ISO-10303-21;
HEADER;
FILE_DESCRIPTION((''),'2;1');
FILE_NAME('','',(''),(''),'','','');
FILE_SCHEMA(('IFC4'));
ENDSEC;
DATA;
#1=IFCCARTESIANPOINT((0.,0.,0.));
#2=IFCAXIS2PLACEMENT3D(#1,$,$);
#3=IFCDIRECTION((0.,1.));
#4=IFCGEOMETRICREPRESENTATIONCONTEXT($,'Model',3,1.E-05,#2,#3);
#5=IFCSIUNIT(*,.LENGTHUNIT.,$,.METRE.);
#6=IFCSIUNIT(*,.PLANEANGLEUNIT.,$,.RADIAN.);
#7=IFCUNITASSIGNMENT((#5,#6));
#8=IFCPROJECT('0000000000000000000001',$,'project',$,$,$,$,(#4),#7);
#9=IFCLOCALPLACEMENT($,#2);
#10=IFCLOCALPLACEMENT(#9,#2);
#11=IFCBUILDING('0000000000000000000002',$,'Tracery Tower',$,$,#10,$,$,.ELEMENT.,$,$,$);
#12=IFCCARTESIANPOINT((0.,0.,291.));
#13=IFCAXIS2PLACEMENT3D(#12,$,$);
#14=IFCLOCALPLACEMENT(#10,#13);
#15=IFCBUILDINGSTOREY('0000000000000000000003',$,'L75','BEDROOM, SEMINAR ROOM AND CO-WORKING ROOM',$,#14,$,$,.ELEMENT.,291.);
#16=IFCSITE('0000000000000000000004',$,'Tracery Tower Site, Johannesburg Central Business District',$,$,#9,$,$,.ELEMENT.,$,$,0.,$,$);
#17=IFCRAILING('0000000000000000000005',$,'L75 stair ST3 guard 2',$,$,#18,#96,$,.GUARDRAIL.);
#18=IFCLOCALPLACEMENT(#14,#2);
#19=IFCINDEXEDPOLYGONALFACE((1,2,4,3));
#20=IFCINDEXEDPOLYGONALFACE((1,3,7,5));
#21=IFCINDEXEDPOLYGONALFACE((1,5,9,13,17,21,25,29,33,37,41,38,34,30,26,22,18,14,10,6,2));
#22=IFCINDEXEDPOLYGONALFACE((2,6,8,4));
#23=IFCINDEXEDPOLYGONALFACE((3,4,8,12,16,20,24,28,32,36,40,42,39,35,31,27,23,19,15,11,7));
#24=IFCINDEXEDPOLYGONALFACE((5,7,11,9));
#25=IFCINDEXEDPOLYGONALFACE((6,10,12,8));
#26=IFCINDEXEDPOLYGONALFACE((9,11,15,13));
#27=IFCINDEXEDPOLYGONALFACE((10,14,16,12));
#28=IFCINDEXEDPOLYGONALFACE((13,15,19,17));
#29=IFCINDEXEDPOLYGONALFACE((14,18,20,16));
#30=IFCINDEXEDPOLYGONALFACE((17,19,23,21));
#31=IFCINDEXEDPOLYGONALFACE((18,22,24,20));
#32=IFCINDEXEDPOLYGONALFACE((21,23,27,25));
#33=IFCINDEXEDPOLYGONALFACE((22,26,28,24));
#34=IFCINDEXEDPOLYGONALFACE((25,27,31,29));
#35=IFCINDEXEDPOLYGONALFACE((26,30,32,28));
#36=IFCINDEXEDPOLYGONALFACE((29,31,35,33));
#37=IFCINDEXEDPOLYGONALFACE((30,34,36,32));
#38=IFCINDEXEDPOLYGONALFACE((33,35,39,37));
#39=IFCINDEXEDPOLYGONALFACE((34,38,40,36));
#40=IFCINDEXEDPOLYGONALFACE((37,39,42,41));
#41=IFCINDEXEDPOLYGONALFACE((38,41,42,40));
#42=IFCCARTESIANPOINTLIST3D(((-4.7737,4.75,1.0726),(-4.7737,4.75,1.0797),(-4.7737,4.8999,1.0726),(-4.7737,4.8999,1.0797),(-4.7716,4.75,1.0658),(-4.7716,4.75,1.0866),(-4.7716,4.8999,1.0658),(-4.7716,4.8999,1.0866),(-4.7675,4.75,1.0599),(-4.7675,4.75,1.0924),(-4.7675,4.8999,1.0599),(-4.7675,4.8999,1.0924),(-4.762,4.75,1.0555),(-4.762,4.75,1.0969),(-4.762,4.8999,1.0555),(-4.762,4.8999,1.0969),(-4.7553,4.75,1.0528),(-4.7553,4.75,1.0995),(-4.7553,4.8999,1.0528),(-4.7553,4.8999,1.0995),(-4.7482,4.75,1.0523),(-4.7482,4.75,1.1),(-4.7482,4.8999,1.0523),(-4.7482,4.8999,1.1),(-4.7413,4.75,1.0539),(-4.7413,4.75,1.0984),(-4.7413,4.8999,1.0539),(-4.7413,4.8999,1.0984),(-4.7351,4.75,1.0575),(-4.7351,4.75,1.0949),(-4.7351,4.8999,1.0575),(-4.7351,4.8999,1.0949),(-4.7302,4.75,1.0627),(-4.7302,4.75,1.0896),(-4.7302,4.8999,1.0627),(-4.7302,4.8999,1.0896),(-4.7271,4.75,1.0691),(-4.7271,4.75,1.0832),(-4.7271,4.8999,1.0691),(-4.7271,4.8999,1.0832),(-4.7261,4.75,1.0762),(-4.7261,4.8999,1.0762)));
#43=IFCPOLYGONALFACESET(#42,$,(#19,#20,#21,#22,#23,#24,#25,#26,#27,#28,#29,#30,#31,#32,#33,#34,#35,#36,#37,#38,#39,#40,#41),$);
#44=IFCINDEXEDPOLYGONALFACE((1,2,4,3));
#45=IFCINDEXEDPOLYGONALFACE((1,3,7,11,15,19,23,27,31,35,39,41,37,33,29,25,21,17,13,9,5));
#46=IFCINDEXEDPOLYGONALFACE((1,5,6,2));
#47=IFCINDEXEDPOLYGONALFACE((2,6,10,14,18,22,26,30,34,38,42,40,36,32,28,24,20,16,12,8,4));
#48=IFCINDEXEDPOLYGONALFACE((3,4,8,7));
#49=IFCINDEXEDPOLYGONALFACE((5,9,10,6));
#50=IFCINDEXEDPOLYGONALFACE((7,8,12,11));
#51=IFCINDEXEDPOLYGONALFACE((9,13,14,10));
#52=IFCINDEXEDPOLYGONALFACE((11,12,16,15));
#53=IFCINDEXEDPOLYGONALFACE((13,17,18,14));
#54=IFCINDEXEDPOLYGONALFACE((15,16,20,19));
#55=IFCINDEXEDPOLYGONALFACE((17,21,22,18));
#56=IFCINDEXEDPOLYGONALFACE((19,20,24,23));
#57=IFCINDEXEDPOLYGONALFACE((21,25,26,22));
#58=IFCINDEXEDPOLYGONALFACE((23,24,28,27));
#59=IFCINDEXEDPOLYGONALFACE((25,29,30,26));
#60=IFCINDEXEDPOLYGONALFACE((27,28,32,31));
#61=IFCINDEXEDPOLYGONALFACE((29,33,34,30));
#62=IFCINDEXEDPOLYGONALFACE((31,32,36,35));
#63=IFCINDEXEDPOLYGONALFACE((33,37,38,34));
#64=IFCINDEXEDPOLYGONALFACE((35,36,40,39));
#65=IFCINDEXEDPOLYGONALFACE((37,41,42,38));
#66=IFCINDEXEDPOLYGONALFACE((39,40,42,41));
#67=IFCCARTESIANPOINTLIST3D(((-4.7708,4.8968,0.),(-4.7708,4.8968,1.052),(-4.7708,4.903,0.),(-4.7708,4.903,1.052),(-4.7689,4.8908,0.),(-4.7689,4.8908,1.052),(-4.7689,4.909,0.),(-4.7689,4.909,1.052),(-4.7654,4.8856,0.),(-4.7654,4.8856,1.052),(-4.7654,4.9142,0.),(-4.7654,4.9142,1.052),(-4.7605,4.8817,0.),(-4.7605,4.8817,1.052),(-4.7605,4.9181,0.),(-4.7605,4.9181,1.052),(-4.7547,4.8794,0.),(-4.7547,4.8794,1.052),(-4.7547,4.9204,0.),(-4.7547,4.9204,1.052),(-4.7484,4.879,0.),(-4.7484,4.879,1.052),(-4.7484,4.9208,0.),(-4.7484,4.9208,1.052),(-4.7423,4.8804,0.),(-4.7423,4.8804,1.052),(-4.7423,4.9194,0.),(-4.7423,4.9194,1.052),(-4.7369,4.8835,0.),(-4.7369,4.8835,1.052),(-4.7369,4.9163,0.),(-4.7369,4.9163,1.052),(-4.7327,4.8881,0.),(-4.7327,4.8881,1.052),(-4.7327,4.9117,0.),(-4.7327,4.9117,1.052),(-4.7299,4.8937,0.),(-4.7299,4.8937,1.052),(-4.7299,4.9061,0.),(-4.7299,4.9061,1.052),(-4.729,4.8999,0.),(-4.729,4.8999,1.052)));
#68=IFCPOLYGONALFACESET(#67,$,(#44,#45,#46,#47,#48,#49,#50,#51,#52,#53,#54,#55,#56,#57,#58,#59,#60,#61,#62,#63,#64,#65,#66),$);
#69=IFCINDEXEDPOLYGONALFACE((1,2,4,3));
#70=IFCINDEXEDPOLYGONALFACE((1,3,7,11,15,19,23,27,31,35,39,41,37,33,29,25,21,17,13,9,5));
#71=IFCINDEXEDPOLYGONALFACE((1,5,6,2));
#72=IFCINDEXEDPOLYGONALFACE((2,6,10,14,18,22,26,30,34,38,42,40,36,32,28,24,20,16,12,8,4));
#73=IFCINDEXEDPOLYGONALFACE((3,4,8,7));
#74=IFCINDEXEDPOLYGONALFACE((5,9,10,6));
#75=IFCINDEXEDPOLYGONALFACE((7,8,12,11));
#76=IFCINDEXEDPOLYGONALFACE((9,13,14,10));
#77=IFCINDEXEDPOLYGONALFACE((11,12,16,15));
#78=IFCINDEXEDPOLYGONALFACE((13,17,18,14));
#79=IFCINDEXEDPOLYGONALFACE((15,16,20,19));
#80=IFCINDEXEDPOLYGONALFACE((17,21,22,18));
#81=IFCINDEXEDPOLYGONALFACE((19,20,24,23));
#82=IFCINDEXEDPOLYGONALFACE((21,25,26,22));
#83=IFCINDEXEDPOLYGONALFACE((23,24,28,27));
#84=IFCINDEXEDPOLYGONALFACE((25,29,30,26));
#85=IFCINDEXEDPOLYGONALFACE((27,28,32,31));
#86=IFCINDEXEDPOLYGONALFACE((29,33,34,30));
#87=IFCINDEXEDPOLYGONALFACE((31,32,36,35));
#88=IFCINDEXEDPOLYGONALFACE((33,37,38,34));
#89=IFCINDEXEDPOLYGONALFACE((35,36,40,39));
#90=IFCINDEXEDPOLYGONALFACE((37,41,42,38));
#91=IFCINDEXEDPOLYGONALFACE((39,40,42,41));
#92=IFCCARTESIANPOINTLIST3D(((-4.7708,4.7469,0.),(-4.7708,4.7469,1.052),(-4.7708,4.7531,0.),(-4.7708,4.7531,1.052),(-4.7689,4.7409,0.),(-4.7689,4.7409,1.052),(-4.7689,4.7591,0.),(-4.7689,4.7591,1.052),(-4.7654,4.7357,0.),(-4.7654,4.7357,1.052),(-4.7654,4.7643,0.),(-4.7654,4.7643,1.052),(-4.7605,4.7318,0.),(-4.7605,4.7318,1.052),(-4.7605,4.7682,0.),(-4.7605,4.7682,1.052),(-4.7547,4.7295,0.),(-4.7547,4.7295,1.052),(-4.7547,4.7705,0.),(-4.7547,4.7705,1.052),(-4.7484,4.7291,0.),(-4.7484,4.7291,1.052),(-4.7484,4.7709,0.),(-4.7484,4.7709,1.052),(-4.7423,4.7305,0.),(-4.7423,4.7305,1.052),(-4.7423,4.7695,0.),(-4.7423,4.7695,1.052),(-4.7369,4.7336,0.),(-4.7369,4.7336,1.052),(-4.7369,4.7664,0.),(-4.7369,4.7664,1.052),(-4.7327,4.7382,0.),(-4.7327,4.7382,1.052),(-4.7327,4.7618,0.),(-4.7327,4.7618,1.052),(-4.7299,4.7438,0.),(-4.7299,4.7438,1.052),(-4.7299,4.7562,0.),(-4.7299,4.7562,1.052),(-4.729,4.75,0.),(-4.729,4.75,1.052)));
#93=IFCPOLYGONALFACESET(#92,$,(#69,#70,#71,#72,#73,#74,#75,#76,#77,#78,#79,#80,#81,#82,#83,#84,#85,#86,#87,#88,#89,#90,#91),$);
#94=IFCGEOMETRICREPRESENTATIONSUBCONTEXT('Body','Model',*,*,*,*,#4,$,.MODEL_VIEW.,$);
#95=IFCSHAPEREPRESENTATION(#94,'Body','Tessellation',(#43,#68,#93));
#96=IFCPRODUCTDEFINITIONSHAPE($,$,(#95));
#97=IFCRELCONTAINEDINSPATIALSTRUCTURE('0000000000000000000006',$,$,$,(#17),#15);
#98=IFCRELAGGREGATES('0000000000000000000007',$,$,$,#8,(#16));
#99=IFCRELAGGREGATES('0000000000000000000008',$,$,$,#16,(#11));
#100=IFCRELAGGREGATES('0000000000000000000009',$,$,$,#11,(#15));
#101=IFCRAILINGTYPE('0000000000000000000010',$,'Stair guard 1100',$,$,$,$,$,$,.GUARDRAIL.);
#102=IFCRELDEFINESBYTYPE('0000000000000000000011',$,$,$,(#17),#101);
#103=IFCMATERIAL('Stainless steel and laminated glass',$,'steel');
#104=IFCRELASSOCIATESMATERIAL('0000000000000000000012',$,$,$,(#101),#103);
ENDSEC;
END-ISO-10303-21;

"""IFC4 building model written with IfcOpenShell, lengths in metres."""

from ifc_helpers import new_model, si_unit, direction, frame, origin, origin_2d, place, context, subcontext, project, spatial, circle, extrude, material, type_object, element, save


model = new_model("IFC4")

# Units and contexts
model_context = context("Model", 3, precision=1e-05, world=origin(), true_north=direction((0.0, 1.0)))
body_context = subcontext(model_context, "Body", "Model", "MODEL_VIEW")
ifc_project = project(units=[si_unit("LENGTHUNIT", "METRE"), si_unit("PLANEANGLEUNIT", "RADIAN")], contexts=[model_context])

# Site, building, storey
site_placement = place(None, origin())
site = spatial("IfcSite", under=ifc_project, at=site_placement, Name="Tracery Tower Site, Johannesburg Central Business District", CompositionType="ELEMENT", RefElevation=0.0)
building_placement = place(site_placement, origin())
building = spatial("IfcBuilding", under=site, at=building_placement, Name="Tracery Tower", CompositionType="ELEMENT")
storey_placement = place(building_placement, frame((0.0, 0.0, 291.0)))
storey = spatial("IfcBuildingStorey", under=building, at=storey_placement, Name="L75", Description="BEDROOM, SEMINAR ROOM AND CO-WORKING ROOM", CompositionType="ELEMENT", Elevation=291.0)

# Railing
ifc_material_1 = material(Name="Stainless steel and laminated glass", Category="steel")
railing_type_1 = type_object("IfcRailingType", Name="Stair guard 1100", PredefinedType="GUARDRAIL", material=ifc_material_1)
railing_1_placement = place(storey_placement, frame((-4.75, 4.8999, 0.0)))
element("IfcRailing", 1, at=railing_1_placement, inside=storey, type_object=railing_type_1, Name="L75 stair ST3 guard 2", PredefinedType="GUARDRAIL", context=body_context, shape_type="SweptSolid", body=[
    extrude(circle(Radius=0.0239, at=origin_2d()), frame((0.0, 0.0, 1.0762), z_axis=(0.0, -1.0, 0.0), x_axis=(1.0, 0.0, 0.0)), (0.0, 0.0, 1.0), 0.1499),
    extrude(circle(Radius=0.021, at=origin_2d()), origin(), (0.0, 0.0, 1.0), 1.052),
    extrude(circle(Radius=0.021, at=origin_2d()), frame((0.0, -0.1499, 0.0)), (0.0, 0.0, 1.0), 1.052),
])

save(model, "model.ifc")
